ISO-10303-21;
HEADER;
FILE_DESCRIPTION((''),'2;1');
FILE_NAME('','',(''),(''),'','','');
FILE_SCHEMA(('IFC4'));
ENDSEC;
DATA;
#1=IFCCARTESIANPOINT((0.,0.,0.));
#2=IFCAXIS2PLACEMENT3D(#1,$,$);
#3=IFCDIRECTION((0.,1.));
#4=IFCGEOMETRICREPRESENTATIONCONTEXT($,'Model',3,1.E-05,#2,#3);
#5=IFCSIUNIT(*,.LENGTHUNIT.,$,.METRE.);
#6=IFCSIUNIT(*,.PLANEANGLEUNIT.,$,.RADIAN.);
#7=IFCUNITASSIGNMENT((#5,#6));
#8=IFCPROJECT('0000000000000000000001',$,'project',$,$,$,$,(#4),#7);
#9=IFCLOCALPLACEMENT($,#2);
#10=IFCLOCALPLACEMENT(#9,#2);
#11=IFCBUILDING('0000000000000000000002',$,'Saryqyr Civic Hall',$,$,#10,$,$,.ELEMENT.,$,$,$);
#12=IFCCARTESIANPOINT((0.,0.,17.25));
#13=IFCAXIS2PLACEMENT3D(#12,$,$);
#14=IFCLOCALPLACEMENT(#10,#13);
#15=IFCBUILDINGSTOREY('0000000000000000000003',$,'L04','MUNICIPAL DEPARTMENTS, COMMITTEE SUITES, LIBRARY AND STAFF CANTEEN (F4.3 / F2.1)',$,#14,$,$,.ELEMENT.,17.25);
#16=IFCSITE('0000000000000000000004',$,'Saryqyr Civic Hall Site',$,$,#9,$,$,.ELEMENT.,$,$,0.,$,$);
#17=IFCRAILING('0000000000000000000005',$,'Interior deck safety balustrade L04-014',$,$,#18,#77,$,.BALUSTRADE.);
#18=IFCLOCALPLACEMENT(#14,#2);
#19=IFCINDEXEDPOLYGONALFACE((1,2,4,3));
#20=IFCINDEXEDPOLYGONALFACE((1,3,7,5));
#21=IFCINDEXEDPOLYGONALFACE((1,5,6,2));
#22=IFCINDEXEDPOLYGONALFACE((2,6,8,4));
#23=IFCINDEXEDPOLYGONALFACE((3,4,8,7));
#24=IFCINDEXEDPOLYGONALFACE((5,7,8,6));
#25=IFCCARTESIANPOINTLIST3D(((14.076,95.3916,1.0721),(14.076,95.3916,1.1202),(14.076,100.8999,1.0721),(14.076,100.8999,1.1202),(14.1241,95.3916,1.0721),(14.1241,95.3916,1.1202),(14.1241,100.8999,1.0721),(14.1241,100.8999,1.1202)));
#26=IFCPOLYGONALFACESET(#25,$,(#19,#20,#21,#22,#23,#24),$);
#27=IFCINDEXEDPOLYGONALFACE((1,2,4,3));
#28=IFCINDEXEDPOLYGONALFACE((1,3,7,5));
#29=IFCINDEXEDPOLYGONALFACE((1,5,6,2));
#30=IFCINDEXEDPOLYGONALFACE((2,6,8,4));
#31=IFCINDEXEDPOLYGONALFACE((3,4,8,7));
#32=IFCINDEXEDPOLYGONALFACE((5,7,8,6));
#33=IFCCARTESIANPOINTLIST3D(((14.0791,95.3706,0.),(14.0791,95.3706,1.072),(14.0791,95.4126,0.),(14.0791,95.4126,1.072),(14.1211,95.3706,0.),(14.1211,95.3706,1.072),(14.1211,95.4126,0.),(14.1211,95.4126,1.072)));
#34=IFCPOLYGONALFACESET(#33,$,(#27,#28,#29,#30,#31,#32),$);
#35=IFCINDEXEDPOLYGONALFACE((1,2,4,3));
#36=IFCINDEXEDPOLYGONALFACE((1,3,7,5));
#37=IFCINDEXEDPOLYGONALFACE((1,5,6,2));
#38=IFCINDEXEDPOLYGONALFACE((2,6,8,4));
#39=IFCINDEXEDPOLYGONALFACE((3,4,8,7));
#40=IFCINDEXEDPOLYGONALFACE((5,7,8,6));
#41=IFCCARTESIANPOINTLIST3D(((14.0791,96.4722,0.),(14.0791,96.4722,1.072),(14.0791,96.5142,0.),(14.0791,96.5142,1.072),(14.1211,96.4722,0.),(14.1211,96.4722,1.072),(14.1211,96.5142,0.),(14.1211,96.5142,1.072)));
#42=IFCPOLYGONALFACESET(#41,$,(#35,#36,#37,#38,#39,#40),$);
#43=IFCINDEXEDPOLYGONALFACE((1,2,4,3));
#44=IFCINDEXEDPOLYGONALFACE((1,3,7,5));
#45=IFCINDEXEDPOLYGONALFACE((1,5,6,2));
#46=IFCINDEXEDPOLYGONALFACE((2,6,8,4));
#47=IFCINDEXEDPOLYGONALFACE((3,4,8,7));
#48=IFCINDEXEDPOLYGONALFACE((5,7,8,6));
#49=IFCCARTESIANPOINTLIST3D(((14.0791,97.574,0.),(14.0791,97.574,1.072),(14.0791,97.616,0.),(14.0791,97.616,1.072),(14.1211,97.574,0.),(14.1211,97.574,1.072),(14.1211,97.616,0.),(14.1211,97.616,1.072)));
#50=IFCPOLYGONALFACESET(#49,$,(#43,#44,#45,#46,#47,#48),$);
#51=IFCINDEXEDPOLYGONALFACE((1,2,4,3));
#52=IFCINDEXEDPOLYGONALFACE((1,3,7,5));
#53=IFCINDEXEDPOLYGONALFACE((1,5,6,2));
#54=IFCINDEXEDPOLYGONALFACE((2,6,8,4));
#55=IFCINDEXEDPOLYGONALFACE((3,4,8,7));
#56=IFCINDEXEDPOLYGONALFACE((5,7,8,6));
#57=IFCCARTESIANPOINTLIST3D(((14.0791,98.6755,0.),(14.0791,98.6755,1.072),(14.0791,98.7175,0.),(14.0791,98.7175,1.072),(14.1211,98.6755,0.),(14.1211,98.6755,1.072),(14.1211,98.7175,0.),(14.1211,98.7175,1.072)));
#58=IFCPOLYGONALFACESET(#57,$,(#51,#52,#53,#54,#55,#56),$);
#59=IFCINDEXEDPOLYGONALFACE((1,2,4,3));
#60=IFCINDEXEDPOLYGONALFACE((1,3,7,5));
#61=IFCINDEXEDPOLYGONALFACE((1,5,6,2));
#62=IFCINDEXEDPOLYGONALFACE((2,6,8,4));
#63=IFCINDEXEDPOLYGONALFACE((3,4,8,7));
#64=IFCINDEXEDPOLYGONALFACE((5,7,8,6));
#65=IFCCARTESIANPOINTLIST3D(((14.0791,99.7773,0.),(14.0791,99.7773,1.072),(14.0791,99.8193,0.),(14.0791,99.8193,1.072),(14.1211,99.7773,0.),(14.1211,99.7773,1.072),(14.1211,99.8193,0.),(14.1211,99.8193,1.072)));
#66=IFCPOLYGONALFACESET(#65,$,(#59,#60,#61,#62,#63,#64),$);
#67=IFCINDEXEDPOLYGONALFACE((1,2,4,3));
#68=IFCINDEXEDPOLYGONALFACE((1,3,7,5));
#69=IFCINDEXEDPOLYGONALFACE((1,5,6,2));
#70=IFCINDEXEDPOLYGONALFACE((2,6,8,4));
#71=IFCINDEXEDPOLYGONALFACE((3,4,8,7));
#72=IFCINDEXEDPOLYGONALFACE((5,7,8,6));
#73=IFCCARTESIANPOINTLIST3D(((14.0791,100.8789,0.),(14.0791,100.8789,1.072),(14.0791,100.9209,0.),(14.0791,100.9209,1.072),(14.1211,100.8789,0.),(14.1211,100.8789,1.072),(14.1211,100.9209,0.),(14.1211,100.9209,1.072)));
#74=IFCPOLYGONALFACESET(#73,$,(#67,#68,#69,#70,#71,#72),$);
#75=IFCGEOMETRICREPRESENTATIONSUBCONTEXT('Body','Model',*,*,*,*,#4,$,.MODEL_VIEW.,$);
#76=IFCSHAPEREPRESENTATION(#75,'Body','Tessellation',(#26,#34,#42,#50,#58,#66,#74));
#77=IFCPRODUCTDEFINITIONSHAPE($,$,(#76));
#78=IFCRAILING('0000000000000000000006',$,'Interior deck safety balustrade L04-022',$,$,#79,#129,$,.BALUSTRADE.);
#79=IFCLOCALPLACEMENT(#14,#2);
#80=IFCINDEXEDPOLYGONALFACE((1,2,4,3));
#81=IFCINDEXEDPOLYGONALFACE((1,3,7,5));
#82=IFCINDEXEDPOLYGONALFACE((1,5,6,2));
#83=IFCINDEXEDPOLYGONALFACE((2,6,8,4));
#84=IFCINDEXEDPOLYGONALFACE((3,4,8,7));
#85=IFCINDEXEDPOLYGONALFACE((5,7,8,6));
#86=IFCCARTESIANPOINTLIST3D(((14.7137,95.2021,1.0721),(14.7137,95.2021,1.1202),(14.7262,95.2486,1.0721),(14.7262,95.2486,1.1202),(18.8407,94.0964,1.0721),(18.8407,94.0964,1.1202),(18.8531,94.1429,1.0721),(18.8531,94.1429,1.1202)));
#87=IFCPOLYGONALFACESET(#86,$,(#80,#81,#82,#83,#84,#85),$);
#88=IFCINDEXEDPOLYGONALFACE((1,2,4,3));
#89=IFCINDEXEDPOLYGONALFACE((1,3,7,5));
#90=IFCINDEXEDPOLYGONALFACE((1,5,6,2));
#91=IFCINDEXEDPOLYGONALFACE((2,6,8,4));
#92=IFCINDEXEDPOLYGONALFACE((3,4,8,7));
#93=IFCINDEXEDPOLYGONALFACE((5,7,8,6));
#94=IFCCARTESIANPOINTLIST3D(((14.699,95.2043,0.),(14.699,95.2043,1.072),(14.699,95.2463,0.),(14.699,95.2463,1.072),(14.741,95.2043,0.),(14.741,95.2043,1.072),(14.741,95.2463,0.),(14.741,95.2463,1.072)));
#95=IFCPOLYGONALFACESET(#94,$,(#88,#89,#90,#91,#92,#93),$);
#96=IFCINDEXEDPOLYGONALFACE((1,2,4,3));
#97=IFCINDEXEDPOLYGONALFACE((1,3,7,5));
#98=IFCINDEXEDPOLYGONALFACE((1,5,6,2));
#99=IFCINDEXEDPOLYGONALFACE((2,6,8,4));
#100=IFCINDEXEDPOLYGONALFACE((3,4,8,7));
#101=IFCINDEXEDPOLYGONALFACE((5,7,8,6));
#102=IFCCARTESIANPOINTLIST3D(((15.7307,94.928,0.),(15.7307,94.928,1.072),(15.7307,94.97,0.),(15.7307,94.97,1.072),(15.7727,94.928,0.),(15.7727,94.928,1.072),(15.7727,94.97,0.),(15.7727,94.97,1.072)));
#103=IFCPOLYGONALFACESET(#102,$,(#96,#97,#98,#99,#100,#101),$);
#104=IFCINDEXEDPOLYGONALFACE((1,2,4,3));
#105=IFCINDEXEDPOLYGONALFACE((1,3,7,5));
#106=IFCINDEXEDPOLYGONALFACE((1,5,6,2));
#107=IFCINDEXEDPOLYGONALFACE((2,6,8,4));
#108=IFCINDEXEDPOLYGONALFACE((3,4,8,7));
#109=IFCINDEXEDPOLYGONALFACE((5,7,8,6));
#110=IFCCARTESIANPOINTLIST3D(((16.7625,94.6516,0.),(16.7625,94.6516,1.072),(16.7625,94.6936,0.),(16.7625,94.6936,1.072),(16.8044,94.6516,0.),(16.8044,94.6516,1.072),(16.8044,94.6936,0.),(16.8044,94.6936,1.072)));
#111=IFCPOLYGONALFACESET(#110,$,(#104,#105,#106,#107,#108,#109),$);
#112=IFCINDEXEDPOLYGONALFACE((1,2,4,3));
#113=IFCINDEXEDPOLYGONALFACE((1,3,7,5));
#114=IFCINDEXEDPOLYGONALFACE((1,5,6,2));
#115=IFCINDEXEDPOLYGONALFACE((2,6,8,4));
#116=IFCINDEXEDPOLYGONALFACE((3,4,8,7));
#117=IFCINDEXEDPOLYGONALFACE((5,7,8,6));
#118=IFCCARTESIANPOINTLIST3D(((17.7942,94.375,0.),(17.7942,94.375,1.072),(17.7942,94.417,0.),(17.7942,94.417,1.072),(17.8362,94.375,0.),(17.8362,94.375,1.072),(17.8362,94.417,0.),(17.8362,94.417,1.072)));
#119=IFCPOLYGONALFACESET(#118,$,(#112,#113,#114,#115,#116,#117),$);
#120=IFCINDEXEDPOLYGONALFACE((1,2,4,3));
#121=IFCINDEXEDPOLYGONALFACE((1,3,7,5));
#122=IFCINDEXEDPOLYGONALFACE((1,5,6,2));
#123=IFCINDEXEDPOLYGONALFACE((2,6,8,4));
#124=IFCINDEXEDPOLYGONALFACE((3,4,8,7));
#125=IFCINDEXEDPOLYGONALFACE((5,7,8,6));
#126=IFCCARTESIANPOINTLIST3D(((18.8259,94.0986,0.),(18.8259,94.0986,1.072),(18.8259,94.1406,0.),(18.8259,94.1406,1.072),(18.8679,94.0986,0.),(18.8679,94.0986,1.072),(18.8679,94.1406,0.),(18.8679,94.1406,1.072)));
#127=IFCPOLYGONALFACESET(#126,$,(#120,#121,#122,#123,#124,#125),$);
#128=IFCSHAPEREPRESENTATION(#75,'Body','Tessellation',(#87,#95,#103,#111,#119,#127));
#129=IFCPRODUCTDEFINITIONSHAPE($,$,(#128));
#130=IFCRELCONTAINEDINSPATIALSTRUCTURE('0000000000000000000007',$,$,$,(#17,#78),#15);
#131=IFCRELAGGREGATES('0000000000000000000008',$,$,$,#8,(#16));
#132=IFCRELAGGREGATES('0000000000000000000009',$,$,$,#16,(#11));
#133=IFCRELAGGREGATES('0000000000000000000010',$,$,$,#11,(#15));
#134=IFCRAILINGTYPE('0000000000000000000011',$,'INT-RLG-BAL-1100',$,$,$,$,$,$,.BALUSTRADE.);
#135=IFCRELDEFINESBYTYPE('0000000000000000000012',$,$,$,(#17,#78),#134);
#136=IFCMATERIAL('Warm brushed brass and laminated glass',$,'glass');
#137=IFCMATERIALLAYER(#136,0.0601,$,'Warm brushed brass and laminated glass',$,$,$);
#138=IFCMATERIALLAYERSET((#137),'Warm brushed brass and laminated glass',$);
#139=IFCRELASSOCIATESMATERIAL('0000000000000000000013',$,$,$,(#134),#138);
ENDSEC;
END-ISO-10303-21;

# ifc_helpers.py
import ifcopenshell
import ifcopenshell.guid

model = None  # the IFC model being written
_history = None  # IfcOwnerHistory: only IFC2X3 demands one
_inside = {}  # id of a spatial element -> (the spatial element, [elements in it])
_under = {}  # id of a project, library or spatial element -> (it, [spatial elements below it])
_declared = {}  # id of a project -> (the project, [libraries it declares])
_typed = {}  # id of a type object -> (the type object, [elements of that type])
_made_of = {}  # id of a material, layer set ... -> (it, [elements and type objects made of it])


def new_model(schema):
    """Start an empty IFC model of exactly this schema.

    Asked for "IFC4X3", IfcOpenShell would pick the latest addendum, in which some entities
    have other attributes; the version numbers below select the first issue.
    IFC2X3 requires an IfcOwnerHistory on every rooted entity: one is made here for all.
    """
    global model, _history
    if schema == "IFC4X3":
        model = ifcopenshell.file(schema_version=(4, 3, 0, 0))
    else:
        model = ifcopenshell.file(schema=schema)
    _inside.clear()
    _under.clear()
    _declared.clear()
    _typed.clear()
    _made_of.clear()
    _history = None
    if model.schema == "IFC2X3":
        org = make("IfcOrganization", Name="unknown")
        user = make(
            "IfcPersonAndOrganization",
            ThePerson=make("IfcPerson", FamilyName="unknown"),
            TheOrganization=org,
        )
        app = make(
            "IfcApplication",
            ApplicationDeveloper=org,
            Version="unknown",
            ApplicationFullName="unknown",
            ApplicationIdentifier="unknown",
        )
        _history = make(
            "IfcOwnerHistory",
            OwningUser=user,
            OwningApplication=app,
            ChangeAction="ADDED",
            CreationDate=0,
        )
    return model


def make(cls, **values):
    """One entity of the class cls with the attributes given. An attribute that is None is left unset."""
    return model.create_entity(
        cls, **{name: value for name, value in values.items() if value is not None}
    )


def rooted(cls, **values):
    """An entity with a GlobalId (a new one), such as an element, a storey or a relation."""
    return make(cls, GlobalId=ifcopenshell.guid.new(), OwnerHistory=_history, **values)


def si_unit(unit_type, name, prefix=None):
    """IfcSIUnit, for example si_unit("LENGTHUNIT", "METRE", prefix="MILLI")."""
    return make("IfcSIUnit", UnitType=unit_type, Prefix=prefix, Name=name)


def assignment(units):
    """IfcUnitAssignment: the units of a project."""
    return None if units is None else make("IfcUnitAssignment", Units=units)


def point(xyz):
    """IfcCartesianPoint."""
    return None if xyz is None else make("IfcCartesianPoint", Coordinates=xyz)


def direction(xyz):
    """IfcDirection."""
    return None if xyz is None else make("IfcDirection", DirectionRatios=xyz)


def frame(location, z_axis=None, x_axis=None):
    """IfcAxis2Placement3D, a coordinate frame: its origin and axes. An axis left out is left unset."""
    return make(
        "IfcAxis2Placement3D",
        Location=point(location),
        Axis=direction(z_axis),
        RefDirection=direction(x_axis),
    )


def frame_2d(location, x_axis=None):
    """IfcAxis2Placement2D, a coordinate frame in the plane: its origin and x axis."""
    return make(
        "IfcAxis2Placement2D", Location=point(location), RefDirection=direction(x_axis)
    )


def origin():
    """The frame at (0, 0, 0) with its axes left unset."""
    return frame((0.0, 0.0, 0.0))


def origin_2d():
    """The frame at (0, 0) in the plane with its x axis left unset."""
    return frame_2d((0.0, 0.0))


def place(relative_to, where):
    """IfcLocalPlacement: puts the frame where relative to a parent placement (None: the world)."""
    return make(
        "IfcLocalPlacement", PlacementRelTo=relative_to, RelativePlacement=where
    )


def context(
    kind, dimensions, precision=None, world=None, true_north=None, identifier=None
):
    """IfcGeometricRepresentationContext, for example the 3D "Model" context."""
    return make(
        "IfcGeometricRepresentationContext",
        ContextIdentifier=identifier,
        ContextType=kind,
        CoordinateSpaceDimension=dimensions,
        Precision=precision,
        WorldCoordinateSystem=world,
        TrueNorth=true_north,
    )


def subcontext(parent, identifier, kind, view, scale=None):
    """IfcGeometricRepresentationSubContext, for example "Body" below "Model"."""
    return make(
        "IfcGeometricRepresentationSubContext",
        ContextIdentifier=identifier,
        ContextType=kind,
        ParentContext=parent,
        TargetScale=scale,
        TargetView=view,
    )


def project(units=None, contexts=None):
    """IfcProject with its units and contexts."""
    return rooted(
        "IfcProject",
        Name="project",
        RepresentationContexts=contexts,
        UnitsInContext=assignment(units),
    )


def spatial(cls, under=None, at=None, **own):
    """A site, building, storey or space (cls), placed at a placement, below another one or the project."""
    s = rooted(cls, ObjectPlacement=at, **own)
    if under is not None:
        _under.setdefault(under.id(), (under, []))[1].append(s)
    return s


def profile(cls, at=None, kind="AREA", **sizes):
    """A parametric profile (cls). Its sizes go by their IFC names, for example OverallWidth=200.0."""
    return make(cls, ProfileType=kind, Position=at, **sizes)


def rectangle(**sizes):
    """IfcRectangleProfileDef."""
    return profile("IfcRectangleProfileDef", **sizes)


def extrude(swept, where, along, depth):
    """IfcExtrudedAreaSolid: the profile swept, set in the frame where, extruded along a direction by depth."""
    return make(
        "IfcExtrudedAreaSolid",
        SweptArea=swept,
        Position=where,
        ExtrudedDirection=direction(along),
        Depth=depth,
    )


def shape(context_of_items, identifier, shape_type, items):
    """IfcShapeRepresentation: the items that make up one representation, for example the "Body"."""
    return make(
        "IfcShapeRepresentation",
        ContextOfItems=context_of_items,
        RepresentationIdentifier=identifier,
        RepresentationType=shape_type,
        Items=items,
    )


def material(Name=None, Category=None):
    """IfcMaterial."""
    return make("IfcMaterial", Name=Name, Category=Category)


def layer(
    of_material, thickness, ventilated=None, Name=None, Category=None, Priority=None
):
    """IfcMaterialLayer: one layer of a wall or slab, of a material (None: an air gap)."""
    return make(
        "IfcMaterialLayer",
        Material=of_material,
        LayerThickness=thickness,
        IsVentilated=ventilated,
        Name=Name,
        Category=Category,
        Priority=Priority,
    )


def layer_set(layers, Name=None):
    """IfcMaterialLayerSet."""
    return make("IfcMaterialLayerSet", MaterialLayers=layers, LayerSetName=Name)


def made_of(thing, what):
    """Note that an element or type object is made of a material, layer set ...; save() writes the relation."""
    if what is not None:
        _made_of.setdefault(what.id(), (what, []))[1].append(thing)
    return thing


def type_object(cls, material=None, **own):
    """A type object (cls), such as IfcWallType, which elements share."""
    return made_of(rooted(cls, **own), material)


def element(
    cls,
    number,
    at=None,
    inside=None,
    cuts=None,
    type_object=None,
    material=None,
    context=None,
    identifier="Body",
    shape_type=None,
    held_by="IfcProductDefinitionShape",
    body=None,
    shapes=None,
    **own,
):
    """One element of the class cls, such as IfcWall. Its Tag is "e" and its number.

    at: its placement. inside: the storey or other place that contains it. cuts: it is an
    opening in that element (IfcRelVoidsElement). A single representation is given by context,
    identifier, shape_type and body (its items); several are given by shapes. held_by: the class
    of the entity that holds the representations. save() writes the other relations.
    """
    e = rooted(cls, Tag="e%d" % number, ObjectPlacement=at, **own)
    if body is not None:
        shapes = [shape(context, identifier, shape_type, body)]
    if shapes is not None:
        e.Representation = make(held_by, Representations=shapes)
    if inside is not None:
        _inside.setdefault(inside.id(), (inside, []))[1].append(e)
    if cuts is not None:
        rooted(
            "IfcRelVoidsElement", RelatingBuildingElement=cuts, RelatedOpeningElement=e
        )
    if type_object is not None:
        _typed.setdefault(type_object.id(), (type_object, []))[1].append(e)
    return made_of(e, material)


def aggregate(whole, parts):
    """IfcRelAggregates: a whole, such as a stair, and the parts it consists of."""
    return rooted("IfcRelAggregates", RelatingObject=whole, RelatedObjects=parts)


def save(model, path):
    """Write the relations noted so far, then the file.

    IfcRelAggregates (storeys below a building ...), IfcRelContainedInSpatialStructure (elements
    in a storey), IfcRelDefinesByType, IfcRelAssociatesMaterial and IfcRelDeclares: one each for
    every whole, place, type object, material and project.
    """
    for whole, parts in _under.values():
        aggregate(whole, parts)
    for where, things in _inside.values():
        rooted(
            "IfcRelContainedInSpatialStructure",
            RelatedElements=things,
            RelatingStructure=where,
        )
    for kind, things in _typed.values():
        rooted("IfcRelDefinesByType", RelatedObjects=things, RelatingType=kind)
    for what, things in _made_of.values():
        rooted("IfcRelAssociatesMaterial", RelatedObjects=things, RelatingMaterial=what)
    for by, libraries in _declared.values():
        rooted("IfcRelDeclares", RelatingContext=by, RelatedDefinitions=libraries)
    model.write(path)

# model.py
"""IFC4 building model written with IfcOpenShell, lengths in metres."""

from ifc_helpers import new_model, si_unit, direction, frame, origin, origin_2d, place, context, subcontext, project, spatial, rectangle, extrude, material, layer, layer_set, type_object, element, save


model = new_model("IFC4")

# Units and contexts
model_context = context("Model", 3, precision=1e-05, world=origin(), true_north=direction((0.0, 1.0)))
body_context = subcontext(model_context, "Body", "Model", "MODEL_VIEW")
ifc_project = project(units=[si_unit("LENGTHUNIT", "METRE"), si_unit("PLANEANGLEUNIT", "RADIAN")], contexts=[model_context])

# Site, building, storey
site_placement = place(None, origin())
site = spatial("IfcSite", under=ifc_project, at=site_placement, Name="Saryqyr Civic Hall Site", CompositionType="ELEMENT", RefElevation=0.0)
building_placement = place(site_placement, origin())
building = spatial("IfcBuilding", under=site, at=building_placement, Name="Saryqyr Civic Hall", CompositionType="ELEMENT")
storey_placement = place(building_placement, frame((0.0, 0.0, 17.25)))
storey = spatial("IfcBuildingStorey", under=building, at=storey_placement, Name="L04", Description="MUNICIPAL DEPARTMENTS, COMMITTEE SUITES, LIBRARY AND STAFF CANTEEN (F4.3 / F2.1)", CompositionType="ELEMENT", Elevation=17.25)

# Railings
ifc_material_1 = material(Name="Warm brushed brass and laminated glass", Category="glass")
ifc_layer_1 = layer(ifc_material_1, 0.0601, Name="Warm brushed brass and laminated glass")
ifc_layer_set_1 = layer_set([ifc_layer_1], Name="Warm brushed brass and laminated glass")
railing_type = type_object("IfcRailingType", Name="INT-RLG-BAL-1100", PredefinedType="BALUSTRADE", material=ifc_layer_set_1)
railing_1_placement = place(storey_placement, frame((14.1001, 95.3916, 0.0)))
element("IfcRailing", 1, at=railing_1_placement, inside=storey, type_object=railing_type, Name="Interior deck safety balustrade L04-014", PredefinedType="BALUSTRADE", context=body_context, shape_type="SweptSolid", body=[
    extrude(rectangle(XDim=0.0481, YDim=0.0481, at=origin_2d()), frame((0.0, 0.0, 1.0962), z_axis=(0.0, 1.0, 0.0), x_axis=(-1.0, 0.0, 0.0)), (0.0, 0.0, 1.0), 5.5083),
    extrude(rectangle(XDim=0.042, YDim=0.042, at=origin_2d()), origin(), (0.0, 0.0, 1.0), 1.072),
    extrude(rectangle(XDim=0.042, YDim=0.042, at=origin_2d()), frame((0.0, 1.1016, 0.0)), (0.0, 0.0, 1.0), 1.072),
    extrude(rectangle(XDim=0.042, YDim=0.042, at=origin_2d()), frame((0.0, 2.2034, 0.0)), (0.0, 0.0, 1.0), 1.072),
    extrude(rectangle(XDim=0.042, YDim=0.042, at=origin_2d()), frame((0.0, 3.3049, 0.0)), (0.0, 0.0, 1.0), 1.072),
    extrude(rectangle(XDim=0.042, YDim=0.042, at=origin_2d()), frame((0.0, 4.4067, 0.0)), (0.0, 0.0, 1.0), 1.072),
    extrude(rectangle(XDim=0.042, YDim=0.042, at=origin_2d()), frame((0.0, 5.5083, 0.0)), (0.0, 0.0, 1.0), 1.072),
])
railing_2_placement = place(storey_placement, frame((14.72, 95.2253, 0.0)))
element("IfcRailing", 2, at=railing_2_placement, inside=storey, type_object=railing_type, Name="Interior deck safety balustrade L04-022", PredefinedType="BALUSTRADE", context=body_context, shape_type="SweptSolid", body=[
    extrude(rectangle(XDim=0.0481, YDim=0.0481, at=origin_2d()), frame((0.0, 0.0, 1.0962), z_axis=(0.965932, -0.258797, 0.0), x_axis=(0.258797, 0.965932, 0.0)), (0.0, 0.0, 1.0), 4.2725),
    extrude(rectangle(XDim=0.042, YDim=0.042, at=origin_2d()), origin(), (0.0, 0.0, 1.0), 1.072),
    extrude(rectangle(XDim=0.042, YDim=0.042, at=origin_2d()), frame((1.0317, -0.2764, 0.0)), (0.0, 0.0, 1.0), 1.072),
    extrude(rectangle(XDim=0.042, YDim=0.042, at=origin_2d()), frame((2.0635, -0.5527, 0.0)), (0.0, 0.0, 1.0), 1.072),
    extrude(rectangle(XDim=0.042, YDim=0.042, at=origin_2d()), frame((3.0952, -0.8293, 0.0)), (0.0, 0.0, 1.0), 1.072),
    extrude(rectangle(XDim=0.042, YDim=0.042, at=origin_2d()), frame((4.127, -1.1057, 0.0)), (0.0, 0.0, 1.0), 1.072),
])

save(model, "model.ifc")
